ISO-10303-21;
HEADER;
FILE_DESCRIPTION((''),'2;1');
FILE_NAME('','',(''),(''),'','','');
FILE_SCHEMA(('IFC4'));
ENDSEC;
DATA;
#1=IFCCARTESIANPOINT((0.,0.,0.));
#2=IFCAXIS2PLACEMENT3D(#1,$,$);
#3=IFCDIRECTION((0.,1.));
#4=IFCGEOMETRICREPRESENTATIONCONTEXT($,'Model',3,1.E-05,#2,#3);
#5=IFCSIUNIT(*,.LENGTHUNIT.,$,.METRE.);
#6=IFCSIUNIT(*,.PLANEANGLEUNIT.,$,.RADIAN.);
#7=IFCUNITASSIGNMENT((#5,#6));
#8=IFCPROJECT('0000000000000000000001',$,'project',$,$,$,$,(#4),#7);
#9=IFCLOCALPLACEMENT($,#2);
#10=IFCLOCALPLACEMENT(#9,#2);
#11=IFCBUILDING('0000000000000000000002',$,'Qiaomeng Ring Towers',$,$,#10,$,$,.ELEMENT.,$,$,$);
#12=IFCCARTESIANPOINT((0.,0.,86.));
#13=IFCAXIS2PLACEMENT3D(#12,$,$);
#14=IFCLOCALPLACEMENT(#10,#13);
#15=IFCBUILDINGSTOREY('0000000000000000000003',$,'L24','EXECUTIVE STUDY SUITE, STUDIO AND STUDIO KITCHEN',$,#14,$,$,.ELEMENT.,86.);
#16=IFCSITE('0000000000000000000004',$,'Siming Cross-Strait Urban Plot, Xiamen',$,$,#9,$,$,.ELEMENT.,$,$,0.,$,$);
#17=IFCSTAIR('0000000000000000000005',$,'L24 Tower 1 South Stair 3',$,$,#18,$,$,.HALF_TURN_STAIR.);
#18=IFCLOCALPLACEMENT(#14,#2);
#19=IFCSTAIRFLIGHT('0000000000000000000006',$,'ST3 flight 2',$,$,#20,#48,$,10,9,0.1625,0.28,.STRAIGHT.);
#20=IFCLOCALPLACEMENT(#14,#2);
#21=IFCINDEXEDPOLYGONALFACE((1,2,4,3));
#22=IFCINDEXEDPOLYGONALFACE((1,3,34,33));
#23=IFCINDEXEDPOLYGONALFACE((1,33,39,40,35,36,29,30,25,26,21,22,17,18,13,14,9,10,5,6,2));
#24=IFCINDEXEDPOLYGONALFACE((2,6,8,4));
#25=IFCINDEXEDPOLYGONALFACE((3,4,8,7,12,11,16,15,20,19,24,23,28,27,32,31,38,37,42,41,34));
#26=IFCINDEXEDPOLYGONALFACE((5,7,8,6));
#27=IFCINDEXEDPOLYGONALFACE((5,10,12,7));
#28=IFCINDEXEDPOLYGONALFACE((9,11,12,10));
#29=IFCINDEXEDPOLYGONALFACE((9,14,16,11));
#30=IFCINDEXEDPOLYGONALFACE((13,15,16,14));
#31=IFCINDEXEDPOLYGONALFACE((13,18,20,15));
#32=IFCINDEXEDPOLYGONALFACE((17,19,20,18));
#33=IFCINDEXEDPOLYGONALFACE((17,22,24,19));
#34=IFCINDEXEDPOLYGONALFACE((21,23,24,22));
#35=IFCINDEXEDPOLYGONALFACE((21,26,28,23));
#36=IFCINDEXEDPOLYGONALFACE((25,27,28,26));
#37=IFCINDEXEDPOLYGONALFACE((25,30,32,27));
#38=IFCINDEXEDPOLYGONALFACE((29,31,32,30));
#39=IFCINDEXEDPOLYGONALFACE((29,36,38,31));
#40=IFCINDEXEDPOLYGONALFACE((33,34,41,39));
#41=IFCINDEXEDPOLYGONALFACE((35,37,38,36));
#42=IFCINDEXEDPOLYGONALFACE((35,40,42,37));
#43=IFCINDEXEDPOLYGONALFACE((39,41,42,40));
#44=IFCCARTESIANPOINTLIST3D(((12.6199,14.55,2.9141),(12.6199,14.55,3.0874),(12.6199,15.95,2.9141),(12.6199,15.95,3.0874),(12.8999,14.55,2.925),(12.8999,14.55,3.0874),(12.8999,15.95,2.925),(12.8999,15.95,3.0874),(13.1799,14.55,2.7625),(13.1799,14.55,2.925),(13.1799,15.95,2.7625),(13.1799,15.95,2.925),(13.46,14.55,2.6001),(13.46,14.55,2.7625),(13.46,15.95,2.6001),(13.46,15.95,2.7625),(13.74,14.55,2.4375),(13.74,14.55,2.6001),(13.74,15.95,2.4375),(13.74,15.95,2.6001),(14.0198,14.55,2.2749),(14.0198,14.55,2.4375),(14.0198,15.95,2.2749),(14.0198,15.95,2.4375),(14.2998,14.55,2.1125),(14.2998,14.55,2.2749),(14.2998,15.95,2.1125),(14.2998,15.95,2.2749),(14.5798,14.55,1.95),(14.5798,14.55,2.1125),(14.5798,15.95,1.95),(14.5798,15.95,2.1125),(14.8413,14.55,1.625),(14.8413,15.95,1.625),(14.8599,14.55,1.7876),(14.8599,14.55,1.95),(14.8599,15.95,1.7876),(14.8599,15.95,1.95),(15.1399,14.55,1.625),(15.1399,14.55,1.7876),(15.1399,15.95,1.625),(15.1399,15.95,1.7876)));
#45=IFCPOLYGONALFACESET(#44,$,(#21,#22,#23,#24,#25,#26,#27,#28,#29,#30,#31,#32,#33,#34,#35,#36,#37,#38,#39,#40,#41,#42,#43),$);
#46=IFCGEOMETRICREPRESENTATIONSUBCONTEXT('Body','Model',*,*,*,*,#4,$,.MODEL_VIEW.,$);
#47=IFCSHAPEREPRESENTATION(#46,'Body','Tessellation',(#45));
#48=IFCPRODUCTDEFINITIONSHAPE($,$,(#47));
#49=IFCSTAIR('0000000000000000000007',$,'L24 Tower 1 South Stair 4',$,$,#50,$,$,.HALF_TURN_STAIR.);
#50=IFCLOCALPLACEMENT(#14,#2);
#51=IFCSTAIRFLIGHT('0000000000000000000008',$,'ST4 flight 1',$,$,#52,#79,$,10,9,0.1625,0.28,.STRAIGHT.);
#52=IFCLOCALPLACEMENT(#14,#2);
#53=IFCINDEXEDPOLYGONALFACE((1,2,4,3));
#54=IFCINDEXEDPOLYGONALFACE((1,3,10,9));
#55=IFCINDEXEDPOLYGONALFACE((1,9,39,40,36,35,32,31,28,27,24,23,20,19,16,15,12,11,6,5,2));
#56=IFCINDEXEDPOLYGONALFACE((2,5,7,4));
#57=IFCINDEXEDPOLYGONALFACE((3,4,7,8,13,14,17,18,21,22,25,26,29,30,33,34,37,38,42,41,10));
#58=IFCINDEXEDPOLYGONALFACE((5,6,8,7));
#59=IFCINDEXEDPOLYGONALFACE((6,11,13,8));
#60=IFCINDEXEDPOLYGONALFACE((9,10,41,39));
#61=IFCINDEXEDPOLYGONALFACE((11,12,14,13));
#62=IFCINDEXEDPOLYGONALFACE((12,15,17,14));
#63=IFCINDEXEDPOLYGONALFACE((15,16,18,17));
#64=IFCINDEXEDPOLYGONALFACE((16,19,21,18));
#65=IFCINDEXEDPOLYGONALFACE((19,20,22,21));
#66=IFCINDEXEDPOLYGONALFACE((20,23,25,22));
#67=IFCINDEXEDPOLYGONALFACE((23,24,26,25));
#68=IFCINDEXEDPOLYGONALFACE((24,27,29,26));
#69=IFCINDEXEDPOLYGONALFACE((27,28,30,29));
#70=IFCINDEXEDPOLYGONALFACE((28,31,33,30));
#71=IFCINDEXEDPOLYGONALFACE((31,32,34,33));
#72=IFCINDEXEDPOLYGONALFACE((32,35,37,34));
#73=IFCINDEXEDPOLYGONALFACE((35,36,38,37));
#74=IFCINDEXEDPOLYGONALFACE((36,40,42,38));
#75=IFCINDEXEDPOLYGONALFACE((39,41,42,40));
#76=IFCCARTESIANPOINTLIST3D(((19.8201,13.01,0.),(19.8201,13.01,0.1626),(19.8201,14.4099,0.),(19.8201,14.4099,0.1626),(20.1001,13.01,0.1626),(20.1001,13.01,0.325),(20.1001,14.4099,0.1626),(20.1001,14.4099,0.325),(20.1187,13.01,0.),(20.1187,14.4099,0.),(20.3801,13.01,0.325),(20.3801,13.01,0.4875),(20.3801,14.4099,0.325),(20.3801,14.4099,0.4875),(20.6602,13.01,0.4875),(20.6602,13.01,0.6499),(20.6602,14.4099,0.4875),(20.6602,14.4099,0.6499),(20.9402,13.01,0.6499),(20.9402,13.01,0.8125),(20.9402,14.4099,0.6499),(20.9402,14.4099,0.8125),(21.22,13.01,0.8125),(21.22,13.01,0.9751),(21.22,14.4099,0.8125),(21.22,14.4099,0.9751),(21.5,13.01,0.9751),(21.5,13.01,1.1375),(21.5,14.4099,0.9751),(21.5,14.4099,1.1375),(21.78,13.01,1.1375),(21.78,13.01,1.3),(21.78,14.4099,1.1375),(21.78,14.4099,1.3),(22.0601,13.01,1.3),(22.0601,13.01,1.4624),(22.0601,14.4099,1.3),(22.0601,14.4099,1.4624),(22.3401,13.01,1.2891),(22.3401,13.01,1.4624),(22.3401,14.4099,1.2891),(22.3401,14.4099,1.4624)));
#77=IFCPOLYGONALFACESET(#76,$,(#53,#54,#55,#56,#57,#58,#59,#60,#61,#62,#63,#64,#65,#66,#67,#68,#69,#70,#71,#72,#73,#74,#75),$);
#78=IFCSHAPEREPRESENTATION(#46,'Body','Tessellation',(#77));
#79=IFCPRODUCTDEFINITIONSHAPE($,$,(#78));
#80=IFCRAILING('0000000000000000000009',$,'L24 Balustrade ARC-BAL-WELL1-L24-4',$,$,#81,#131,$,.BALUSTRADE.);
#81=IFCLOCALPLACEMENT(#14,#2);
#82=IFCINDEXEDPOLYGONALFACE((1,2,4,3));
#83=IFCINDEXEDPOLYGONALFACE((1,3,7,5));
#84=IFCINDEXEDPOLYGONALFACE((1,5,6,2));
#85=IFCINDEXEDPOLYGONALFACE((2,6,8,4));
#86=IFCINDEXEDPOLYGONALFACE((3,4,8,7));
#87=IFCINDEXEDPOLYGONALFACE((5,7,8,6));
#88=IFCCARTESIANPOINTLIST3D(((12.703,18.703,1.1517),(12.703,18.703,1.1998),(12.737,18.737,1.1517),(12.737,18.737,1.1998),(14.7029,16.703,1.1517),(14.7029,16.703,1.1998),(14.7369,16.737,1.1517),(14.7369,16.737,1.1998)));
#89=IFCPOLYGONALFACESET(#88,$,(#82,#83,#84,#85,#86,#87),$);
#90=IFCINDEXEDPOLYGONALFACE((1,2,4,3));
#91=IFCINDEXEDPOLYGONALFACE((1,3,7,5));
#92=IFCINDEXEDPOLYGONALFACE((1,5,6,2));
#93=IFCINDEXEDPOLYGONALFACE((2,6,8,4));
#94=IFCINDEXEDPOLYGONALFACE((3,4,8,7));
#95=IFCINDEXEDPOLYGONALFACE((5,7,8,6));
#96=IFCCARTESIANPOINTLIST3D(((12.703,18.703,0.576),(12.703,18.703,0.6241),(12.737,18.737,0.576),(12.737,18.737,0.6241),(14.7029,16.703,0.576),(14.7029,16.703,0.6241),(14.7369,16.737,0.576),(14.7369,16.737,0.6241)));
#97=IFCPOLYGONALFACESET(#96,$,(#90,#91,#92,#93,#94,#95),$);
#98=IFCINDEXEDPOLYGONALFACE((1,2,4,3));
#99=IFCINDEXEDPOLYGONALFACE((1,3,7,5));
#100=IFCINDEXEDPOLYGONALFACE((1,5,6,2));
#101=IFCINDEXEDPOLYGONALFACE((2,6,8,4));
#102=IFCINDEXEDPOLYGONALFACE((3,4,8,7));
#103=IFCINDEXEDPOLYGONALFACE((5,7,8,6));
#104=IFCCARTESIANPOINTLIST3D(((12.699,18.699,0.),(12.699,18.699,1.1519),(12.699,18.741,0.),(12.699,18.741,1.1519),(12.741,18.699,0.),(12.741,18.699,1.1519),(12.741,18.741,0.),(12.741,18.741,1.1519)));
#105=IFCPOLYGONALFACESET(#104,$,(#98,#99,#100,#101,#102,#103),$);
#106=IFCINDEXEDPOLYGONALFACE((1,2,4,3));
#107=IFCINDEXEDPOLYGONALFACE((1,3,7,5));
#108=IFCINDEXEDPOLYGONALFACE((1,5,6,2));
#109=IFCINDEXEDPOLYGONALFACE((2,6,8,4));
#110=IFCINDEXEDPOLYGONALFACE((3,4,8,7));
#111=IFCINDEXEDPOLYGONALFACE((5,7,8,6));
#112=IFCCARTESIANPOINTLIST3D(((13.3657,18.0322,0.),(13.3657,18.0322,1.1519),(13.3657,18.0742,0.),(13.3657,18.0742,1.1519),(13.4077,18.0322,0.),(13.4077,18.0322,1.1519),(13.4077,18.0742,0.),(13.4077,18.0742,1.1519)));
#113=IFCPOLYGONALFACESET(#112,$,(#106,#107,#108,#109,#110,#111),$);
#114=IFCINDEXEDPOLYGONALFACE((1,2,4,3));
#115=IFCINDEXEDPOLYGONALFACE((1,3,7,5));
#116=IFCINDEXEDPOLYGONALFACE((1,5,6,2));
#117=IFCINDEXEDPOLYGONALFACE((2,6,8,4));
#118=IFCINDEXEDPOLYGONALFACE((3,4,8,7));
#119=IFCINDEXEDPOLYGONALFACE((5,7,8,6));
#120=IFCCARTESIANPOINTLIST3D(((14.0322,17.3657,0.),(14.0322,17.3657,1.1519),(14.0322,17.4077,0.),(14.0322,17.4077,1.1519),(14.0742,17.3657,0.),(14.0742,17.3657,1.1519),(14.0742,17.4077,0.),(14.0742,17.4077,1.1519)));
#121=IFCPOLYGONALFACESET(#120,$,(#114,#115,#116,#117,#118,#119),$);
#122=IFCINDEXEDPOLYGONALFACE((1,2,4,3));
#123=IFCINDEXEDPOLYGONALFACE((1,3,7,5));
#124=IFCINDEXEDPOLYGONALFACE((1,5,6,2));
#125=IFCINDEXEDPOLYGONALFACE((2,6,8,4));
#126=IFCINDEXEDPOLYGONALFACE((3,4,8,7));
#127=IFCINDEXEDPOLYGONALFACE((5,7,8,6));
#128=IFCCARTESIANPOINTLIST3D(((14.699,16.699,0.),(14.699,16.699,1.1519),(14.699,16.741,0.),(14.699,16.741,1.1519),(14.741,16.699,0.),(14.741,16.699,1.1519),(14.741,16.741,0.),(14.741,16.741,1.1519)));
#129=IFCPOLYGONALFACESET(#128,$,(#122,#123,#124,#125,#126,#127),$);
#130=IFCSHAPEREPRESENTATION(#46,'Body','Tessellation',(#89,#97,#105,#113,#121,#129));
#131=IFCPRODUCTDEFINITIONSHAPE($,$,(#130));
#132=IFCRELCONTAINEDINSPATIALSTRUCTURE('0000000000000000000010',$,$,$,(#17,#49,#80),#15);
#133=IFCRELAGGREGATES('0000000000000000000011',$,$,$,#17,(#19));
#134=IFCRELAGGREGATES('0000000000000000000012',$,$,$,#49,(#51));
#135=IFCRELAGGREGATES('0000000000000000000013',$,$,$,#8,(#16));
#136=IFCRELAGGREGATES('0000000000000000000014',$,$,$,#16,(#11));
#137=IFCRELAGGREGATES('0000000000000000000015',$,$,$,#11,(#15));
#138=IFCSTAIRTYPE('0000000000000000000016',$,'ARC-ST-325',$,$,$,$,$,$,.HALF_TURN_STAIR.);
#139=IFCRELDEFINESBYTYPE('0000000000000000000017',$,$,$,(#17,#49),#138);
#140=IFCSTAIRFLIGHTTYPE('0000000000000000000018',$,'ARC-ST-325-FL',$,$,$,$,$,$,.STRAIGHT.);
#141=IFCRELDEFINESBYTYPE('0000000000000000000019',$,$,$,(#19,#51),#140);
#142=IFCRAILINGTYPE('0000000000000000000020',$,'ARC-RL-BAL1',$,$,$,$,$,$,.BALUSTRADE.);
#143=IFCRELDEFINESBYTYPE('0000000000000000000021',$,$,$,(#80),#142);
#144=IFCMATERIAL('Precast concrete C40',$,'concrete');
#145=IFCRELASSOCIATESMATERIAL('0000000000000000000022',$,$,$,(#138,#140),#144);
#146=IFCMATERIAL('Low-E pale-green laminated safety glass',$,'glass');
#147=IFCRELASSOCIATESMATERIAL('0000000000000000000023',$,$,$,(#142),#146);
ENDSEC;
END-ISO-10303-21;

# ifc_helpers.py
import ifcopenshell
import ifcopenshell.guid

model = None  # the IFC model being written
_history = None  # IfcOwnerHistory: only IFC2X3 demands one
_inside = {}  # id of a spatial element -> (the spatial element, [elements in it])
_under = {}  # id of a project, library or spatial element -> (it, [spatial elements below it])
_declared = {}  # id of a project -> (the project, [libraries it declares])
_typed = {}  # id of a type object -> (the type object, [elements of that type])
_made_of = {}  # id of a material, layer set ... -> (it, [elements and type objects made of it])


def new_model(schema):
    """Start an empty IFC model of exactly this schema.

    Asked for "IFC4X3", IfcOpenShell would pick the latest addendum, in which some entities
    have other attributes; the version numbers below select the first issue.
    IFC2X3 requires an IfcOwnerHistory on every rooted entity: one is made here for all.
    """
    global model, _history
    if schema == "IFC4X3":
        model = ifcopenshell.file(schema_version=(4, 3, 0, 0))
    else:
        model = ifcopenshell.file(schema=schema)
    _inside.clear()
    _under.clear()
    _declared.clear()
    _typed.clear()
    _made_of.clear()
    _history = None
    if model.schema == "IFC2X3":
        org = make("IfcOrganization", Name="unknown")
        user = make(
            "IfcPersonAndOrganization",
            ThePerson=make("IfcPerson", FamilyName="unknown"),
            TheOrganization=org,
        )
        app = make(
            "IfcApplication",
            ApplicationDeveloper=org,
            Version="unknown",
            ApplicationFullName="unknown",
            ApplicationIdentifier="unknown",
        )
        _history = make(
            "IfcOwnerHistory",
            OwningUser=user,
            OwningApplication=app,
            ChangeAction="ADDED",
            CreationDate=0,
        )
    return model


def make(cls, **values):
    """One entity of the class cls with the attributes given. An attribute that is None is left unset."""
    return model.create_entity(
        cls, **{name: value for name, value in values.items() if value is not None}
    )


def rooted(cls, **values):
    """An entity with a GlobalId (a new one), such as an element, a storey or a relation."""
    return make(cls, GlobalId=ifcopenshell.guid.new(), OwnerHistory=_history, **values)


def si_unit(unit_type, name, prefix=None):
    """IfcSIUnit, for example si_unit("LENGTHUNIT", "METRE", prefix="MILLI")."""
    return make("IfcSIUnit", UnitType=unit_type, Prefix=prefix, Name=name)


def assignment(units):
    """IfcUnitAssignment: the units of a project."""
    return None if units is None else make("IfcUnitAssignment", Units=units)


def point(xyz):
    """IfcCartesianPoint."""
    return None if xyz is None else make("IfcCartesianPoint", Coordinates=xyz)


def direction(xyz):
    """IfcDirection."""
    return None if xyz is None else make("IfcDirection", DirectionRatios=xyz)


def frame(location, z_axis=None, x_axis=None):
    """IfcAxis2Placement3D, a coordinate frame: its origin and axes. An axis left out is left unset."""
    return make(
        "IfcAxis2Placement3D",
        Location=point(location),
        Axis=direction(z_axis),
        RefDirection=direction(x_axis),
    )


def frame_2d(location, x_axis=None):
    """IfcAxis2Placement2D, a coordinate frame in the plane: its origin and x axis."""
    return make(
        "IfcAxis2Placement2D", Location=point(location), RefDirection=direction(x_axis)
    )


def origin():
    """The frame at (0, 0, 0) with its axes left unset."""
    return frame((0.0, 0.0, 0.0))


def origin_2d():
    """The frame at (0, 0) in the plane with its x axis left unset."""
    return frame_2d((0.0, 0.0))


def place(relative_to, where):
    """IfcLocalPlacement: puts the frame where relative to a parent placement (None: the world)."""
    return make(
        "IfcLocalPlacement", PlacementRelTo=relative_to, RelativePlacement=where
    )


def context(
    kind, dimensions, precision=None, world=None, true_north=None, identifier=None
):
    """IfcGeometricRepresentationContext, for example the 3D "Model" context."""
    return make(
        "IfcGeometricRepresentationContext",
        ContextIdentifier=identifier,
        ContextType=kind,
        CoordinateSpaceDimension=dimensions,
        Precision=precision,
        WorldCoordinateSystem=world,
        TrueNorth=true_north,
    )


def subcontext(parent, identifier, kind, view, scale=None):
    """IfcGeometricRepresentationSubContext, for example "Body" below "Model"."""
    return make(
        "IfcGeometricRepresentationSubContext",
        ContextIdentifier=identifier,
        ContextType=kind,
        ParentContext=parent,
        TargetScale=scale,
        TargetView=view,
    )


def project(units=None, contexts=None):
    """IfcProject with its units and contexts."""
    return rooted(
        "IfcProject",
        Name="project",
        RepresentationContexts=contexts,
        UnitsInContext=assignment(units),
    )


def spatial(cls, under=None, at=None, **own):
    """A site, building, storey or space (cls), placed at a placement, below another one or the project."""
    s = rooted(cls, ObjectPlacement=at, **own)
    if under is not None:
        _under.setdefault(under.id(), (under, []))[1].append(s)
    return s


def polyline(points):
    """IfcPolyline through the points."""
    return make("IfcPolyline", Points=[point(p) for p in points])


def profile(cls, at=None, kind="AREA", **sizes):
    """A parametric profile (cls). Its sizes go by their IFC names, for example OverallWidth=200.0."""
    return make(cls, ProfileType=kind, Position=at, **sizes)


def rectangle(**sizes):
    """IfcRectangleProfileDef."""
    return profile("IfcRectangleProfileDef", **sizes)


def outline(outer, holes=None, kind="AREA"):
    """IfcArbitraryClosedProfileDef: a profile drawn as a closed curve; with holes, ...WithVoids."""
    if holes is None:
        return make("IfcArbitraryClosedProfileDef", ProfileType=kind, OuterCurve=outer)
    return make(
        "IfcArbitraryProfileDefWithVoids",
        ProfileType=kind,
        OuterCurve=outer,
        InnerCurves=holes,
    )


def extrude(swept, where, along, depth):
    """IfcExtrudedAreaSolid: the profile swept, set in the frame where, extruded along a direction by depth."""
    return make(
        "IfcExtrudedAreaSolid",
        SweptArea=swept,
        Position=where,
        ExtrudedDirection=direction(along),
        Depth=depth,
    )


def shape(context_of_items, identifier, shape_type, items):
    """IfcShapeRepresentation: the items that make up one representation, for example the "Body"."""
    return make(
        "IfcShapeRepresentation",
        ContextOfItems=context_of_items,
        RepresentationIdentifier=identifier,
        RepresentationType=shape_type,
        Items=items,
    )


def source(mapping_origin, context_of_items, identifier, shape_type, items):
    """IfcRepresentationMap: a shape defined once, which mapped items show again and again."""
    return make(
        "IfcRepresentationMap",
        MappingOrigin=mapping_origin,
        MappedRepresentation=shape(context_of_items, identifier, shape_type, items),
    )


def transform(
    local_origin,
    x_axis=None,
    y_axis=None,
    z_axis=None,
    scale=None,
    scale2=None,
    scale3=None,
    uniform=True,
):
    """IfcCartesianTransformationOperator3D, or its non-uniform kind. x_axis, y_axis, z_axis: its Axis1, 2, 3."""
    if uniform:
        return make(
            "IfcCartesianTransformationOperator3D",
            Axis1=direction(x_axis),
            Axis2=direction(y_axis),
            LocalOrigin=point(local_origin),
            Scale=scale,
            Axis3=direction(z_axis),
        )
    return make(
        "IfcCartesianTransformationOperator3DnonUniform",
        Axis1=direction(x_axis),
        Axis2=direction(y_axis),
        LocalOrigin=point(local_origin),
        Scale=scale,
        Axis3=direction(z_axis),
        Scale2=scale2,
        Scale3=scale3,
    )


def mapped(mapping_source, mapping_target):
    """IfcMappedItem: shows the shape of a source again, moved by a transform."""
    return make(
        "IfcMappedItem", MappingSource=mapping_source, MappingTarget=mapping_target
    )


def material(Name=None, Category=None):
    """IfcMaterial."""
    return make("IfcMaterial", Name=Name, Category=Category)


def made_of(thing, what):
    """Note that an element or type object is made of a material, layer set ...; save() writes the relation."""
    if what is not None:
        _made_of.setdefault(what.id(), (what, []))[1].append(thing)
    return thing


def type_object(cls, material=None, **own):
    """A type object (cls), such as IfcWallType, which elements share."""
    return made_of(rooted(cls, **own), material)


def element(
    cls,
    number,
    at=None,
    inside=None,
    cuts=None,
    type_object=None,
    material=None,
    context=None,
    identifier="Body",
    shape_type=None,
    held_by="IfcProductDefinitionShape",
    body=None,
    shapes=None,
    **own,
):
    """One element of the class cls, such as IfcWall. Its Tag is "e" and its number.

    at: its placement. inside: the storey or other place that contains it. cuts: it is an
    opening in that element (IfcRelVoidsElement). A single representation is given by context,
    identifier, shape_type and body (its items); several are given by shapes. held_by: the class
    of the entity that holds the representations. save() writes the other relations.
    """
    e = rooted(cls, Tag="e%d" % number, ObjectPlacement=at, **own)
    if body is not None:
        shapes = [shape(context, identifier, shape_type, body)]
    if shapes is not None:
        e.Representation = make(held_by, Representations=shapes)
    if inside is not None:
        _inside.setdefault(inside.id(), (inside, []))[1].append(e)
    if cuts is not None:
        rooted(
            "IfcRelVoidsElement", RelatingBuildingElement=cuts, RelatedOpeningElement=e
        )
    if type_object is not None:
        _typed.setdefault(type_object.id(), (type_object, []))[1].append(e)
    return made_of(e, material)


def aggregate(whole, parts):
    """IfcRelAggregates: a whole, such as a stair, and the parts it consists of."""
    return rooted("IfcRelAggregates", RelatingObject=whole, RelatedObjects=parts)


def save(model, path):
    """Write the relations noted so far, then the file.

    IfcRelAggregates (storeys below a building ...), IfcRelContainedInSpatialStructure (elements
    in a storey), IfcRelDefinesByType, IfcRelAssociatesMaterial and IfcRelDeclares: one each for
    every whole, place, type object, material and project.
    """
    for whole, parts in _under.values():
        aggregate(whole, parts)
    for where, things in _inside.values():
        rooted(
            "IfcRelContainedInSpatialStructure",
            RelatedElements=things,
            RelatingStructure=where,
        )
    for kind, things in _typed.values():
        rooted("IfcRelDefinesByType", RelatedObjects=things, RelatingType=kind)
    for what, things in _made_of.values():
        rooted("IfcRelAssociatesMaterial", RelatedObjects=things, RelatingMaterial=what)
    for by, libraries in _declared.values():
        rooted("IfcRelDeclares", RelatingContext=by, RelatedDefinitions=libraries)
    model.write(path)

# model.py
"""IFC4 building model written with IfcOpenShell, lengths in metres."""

from ifc_helpers import new_model, si_unit, direction, frame, origin, origin_2d, place, context, subcontext, project, spatial, polyline, rectangle, outline, extrude, source, transform, mapped, material, type_object, element, aggregate, save


model = new_model("IFC4")

# Units and contexts
model_context = context("Model", 3, precision=1e-05, world=origin(), true_north=direction((0.0, 1.0)))
body_context = subcontext(model_context, "Body", "Model", "MODEL_VIEW")
ifc_project = project(units=[si_unit("LENGTHUNIT", "METRE"), si_unit("PLANEANGLEUNIT", "RADIAN")], contexts=[model_context])

# Site, building, storey
site_placement = place(None, origin())
site = spatial("IfcSite", under=ifc_project, at=site_placement, Name="Siming Cross-Strait Urban Plot, Xiamen", CompositionType="ELEMENT", RefElevation=0.0)
building_placement = place(site_placement, origin())
building = spatial("IfcBuilding", under=site, at=building_placement, Name="Qiaomeng Ring Towers", CompositionType="ELEMENT")
storey_placement = place(building_placement, frame((0.0, 0.0, 86.0)))
storey = spatial("IfcBuildingStorey", under=building, at=storey_placement, Name="L24", Description="EXECUTIVE STUDY SUITE, STUDIO AND STUDIO KITCHEN", CompositionType="ELEMENT", Elevation=86.0)

# Stairs, stair flights
ifc_material_1 = material(Name="Precast concrete C40", Category="concrete")
stair_type = type_object("IfcStairType", Name="ARC-ST-325", PredefinedType="HALF_TURN_STAIR", material=ifc_material_1)
stair_1_placement = place(storey_placement, origin())
stair_1 = element("IfcStair", 1, at=stair_1_placement, inside=storey, type_object=stair_type, Name="L24 Tower 1 South Stair 3", PredefinedType="HALF_TURN_STAIR")
stair_flight_type = type_object("IfcStairFlightType", Name="ARC-ST-325-FL", PredefinedType="STRAIGHT", material=ifc_material_1)
shared_shape_1 = source(origin(), body_context, "Body", "SweptSolid", [
    extrude(outline(polyline([(0.0, 0.0), (0.0, 0.1626), (0.28, 0.1626), (0.28, 0.325), (0.5601, 0.325), (0.5601, 0.4875), (0.8401, 0.4875), (0.8401, 0.6499), (1.1201, 0.6499), (1.1201, 0.8125), (1.3999, 0.8125), (1.3999, 0.9751), (1.6799, 0.9751), (1.6799, 1.1375), (1.96, 1.1375), (1.96, 1.3), (2.24, 1.3), (2.24, 1.4624), (2.52, 1.4624), (2.52, 1.625), (2.52, 1.2891), (0.2986, 0.0), (0.0, 0.0)])), frame((0.0, 0.7, 0.0), z_axis=(0.0, -1.0, 0.0), x_axis=(1.0, 0.0, 0.0)), (0.0, 0.0, 1.0), 1.3999),
])
stair_flight_1_placement = place(storey_placement, frame((15.1399, 15.25, 1.625), z_axis=(0.0, 0.0, 1.0), x_axis=(-1.0, 0.0, 0.0)))
stair_flight_1 = element("IfcStairFlight", 2, at=stair_flight_1_placement, type_object=stair_flight_type, Name="ST3 flight 2", NumberOfRisers=10, NumberOfTreads=9, PredefinedType="STRAIGHT", RiserHeight=0.1625, TreadLength=0.28, context=body_context, shape_type="MappedRepresentation", body=[
    mapped(shared_shape_1, transform((0.0, 0.0, 0.0), x_axis=(1.0, 0.0, 0.0), y_axis=(0.0, 1.0, 0.0), z_axis=(0.0, 0.0, 1.0), scale=1.0)),
])
aggregate(stair_1, [stair_flight_1])
stair_2_placement = place(storey_placement, origin())
stair_2 = element("IfcStair", 3, at=stair_2_placement, inside=storey, type_object=stair_type, Name="L24 Tower 1 South Stair 4", PredefinedType="HALF_TURN_STAIR")
stair_flight_2_placement = place(storey_placement, frame((19.8201, 13.71, 0.0), z_axis=(0.0, 0.0, 1.0), x_axis=(1.0, 0.0, 0.0)))
stair_flight_2 = element("IfcStairFlight", 4, at=stair_flight_2_placement, type_object=stair_flight_type, Name="ST4 flight 1", NumberOfRisers=10, NumberOfTreads=9, PredefinedType="STRAIGHT", RiserHeight=0.1625, TreadLength=0.28, context=body_context, shape_type="MappedRepresentation", body=[
    mapped(shared_shape_1, transform((0.0, 0.0, 0.0), x_axis=(1.0, 0.0, 0.0), y_axis=(0.0, 1.0, 0.0), z_axis=(0.0, 0.0, 1.0), scale=1.0)),
])
aggregate(stair_2, [stair_flight_2])

# Railing
ifc_material_2 = material(Name="Low-E pale-green laminated safety glass", Category="glass")
railing_type_1 = type_object("IfcRailingType", Name="ARC-RL-BAL1", PredefinedType="BALUSTRADE", material=ifc_material_2)
railing_1_placement = place(storey_placement, frame((12.72, 18.72, 0.0)))
element("IfcRailing", 5, at=railing_1_placement, inside=storey, type_object=railing_type_1, Name="L24 Balustrade ARC-BAL-WELL1-L24-4", PredefinedType="BALUSTRADE", context=body_context, shape_type="SweptSolid", body=[
    extrude(rectangle(XDim=0.0481, YDim=0.0481, at=origin_2d()), frame((0.0, 0.0, 1.1758), z_axis=(0.707107, -0.707107, 0.0), x_axis=(0.707107, 0.707107, 0.0)), (0.0, 0.0, 1.0), 2.8284),
    extrude(rectangle(XDim=0.0481, YDim=0.0481, at=origin_2d()), frame((0.0, 0.0, 0.6001), z_axis=(0.707107, -0.707107, 0.0), x_axis=(0.707107, 0.707107, 0.0)), (0.0, 0.0, 1.0), 2.8284),
    extrude(rectangle(XDim=0.042, YDim=0.042, at=origin_2d()), origin(), (0.0, 0.0, 1.0), 1.1519),
    extrude(rectangle(XDim=0.042, YDim=0.042, at=origin_2d()), frame((0.6667, -0.6667, 0.0)), (0.0, 0.0, 1.0), 1.1519),
    extrude(rectangle(XDim=0.042, YDim=0.042, at=origin_2d()), frame((1.3333, -1.3333, 0.0)), (0.0, 0.0, 1.0), 1.1519),
    extrude(rectangle(XDim=0.042, YDim=0.042, at=origin_2d()), frame((2.0, -2.0, 0.0)), (0.0, 0.0, 1.0), 1.1519),
])

save(model, "model.ifc")
